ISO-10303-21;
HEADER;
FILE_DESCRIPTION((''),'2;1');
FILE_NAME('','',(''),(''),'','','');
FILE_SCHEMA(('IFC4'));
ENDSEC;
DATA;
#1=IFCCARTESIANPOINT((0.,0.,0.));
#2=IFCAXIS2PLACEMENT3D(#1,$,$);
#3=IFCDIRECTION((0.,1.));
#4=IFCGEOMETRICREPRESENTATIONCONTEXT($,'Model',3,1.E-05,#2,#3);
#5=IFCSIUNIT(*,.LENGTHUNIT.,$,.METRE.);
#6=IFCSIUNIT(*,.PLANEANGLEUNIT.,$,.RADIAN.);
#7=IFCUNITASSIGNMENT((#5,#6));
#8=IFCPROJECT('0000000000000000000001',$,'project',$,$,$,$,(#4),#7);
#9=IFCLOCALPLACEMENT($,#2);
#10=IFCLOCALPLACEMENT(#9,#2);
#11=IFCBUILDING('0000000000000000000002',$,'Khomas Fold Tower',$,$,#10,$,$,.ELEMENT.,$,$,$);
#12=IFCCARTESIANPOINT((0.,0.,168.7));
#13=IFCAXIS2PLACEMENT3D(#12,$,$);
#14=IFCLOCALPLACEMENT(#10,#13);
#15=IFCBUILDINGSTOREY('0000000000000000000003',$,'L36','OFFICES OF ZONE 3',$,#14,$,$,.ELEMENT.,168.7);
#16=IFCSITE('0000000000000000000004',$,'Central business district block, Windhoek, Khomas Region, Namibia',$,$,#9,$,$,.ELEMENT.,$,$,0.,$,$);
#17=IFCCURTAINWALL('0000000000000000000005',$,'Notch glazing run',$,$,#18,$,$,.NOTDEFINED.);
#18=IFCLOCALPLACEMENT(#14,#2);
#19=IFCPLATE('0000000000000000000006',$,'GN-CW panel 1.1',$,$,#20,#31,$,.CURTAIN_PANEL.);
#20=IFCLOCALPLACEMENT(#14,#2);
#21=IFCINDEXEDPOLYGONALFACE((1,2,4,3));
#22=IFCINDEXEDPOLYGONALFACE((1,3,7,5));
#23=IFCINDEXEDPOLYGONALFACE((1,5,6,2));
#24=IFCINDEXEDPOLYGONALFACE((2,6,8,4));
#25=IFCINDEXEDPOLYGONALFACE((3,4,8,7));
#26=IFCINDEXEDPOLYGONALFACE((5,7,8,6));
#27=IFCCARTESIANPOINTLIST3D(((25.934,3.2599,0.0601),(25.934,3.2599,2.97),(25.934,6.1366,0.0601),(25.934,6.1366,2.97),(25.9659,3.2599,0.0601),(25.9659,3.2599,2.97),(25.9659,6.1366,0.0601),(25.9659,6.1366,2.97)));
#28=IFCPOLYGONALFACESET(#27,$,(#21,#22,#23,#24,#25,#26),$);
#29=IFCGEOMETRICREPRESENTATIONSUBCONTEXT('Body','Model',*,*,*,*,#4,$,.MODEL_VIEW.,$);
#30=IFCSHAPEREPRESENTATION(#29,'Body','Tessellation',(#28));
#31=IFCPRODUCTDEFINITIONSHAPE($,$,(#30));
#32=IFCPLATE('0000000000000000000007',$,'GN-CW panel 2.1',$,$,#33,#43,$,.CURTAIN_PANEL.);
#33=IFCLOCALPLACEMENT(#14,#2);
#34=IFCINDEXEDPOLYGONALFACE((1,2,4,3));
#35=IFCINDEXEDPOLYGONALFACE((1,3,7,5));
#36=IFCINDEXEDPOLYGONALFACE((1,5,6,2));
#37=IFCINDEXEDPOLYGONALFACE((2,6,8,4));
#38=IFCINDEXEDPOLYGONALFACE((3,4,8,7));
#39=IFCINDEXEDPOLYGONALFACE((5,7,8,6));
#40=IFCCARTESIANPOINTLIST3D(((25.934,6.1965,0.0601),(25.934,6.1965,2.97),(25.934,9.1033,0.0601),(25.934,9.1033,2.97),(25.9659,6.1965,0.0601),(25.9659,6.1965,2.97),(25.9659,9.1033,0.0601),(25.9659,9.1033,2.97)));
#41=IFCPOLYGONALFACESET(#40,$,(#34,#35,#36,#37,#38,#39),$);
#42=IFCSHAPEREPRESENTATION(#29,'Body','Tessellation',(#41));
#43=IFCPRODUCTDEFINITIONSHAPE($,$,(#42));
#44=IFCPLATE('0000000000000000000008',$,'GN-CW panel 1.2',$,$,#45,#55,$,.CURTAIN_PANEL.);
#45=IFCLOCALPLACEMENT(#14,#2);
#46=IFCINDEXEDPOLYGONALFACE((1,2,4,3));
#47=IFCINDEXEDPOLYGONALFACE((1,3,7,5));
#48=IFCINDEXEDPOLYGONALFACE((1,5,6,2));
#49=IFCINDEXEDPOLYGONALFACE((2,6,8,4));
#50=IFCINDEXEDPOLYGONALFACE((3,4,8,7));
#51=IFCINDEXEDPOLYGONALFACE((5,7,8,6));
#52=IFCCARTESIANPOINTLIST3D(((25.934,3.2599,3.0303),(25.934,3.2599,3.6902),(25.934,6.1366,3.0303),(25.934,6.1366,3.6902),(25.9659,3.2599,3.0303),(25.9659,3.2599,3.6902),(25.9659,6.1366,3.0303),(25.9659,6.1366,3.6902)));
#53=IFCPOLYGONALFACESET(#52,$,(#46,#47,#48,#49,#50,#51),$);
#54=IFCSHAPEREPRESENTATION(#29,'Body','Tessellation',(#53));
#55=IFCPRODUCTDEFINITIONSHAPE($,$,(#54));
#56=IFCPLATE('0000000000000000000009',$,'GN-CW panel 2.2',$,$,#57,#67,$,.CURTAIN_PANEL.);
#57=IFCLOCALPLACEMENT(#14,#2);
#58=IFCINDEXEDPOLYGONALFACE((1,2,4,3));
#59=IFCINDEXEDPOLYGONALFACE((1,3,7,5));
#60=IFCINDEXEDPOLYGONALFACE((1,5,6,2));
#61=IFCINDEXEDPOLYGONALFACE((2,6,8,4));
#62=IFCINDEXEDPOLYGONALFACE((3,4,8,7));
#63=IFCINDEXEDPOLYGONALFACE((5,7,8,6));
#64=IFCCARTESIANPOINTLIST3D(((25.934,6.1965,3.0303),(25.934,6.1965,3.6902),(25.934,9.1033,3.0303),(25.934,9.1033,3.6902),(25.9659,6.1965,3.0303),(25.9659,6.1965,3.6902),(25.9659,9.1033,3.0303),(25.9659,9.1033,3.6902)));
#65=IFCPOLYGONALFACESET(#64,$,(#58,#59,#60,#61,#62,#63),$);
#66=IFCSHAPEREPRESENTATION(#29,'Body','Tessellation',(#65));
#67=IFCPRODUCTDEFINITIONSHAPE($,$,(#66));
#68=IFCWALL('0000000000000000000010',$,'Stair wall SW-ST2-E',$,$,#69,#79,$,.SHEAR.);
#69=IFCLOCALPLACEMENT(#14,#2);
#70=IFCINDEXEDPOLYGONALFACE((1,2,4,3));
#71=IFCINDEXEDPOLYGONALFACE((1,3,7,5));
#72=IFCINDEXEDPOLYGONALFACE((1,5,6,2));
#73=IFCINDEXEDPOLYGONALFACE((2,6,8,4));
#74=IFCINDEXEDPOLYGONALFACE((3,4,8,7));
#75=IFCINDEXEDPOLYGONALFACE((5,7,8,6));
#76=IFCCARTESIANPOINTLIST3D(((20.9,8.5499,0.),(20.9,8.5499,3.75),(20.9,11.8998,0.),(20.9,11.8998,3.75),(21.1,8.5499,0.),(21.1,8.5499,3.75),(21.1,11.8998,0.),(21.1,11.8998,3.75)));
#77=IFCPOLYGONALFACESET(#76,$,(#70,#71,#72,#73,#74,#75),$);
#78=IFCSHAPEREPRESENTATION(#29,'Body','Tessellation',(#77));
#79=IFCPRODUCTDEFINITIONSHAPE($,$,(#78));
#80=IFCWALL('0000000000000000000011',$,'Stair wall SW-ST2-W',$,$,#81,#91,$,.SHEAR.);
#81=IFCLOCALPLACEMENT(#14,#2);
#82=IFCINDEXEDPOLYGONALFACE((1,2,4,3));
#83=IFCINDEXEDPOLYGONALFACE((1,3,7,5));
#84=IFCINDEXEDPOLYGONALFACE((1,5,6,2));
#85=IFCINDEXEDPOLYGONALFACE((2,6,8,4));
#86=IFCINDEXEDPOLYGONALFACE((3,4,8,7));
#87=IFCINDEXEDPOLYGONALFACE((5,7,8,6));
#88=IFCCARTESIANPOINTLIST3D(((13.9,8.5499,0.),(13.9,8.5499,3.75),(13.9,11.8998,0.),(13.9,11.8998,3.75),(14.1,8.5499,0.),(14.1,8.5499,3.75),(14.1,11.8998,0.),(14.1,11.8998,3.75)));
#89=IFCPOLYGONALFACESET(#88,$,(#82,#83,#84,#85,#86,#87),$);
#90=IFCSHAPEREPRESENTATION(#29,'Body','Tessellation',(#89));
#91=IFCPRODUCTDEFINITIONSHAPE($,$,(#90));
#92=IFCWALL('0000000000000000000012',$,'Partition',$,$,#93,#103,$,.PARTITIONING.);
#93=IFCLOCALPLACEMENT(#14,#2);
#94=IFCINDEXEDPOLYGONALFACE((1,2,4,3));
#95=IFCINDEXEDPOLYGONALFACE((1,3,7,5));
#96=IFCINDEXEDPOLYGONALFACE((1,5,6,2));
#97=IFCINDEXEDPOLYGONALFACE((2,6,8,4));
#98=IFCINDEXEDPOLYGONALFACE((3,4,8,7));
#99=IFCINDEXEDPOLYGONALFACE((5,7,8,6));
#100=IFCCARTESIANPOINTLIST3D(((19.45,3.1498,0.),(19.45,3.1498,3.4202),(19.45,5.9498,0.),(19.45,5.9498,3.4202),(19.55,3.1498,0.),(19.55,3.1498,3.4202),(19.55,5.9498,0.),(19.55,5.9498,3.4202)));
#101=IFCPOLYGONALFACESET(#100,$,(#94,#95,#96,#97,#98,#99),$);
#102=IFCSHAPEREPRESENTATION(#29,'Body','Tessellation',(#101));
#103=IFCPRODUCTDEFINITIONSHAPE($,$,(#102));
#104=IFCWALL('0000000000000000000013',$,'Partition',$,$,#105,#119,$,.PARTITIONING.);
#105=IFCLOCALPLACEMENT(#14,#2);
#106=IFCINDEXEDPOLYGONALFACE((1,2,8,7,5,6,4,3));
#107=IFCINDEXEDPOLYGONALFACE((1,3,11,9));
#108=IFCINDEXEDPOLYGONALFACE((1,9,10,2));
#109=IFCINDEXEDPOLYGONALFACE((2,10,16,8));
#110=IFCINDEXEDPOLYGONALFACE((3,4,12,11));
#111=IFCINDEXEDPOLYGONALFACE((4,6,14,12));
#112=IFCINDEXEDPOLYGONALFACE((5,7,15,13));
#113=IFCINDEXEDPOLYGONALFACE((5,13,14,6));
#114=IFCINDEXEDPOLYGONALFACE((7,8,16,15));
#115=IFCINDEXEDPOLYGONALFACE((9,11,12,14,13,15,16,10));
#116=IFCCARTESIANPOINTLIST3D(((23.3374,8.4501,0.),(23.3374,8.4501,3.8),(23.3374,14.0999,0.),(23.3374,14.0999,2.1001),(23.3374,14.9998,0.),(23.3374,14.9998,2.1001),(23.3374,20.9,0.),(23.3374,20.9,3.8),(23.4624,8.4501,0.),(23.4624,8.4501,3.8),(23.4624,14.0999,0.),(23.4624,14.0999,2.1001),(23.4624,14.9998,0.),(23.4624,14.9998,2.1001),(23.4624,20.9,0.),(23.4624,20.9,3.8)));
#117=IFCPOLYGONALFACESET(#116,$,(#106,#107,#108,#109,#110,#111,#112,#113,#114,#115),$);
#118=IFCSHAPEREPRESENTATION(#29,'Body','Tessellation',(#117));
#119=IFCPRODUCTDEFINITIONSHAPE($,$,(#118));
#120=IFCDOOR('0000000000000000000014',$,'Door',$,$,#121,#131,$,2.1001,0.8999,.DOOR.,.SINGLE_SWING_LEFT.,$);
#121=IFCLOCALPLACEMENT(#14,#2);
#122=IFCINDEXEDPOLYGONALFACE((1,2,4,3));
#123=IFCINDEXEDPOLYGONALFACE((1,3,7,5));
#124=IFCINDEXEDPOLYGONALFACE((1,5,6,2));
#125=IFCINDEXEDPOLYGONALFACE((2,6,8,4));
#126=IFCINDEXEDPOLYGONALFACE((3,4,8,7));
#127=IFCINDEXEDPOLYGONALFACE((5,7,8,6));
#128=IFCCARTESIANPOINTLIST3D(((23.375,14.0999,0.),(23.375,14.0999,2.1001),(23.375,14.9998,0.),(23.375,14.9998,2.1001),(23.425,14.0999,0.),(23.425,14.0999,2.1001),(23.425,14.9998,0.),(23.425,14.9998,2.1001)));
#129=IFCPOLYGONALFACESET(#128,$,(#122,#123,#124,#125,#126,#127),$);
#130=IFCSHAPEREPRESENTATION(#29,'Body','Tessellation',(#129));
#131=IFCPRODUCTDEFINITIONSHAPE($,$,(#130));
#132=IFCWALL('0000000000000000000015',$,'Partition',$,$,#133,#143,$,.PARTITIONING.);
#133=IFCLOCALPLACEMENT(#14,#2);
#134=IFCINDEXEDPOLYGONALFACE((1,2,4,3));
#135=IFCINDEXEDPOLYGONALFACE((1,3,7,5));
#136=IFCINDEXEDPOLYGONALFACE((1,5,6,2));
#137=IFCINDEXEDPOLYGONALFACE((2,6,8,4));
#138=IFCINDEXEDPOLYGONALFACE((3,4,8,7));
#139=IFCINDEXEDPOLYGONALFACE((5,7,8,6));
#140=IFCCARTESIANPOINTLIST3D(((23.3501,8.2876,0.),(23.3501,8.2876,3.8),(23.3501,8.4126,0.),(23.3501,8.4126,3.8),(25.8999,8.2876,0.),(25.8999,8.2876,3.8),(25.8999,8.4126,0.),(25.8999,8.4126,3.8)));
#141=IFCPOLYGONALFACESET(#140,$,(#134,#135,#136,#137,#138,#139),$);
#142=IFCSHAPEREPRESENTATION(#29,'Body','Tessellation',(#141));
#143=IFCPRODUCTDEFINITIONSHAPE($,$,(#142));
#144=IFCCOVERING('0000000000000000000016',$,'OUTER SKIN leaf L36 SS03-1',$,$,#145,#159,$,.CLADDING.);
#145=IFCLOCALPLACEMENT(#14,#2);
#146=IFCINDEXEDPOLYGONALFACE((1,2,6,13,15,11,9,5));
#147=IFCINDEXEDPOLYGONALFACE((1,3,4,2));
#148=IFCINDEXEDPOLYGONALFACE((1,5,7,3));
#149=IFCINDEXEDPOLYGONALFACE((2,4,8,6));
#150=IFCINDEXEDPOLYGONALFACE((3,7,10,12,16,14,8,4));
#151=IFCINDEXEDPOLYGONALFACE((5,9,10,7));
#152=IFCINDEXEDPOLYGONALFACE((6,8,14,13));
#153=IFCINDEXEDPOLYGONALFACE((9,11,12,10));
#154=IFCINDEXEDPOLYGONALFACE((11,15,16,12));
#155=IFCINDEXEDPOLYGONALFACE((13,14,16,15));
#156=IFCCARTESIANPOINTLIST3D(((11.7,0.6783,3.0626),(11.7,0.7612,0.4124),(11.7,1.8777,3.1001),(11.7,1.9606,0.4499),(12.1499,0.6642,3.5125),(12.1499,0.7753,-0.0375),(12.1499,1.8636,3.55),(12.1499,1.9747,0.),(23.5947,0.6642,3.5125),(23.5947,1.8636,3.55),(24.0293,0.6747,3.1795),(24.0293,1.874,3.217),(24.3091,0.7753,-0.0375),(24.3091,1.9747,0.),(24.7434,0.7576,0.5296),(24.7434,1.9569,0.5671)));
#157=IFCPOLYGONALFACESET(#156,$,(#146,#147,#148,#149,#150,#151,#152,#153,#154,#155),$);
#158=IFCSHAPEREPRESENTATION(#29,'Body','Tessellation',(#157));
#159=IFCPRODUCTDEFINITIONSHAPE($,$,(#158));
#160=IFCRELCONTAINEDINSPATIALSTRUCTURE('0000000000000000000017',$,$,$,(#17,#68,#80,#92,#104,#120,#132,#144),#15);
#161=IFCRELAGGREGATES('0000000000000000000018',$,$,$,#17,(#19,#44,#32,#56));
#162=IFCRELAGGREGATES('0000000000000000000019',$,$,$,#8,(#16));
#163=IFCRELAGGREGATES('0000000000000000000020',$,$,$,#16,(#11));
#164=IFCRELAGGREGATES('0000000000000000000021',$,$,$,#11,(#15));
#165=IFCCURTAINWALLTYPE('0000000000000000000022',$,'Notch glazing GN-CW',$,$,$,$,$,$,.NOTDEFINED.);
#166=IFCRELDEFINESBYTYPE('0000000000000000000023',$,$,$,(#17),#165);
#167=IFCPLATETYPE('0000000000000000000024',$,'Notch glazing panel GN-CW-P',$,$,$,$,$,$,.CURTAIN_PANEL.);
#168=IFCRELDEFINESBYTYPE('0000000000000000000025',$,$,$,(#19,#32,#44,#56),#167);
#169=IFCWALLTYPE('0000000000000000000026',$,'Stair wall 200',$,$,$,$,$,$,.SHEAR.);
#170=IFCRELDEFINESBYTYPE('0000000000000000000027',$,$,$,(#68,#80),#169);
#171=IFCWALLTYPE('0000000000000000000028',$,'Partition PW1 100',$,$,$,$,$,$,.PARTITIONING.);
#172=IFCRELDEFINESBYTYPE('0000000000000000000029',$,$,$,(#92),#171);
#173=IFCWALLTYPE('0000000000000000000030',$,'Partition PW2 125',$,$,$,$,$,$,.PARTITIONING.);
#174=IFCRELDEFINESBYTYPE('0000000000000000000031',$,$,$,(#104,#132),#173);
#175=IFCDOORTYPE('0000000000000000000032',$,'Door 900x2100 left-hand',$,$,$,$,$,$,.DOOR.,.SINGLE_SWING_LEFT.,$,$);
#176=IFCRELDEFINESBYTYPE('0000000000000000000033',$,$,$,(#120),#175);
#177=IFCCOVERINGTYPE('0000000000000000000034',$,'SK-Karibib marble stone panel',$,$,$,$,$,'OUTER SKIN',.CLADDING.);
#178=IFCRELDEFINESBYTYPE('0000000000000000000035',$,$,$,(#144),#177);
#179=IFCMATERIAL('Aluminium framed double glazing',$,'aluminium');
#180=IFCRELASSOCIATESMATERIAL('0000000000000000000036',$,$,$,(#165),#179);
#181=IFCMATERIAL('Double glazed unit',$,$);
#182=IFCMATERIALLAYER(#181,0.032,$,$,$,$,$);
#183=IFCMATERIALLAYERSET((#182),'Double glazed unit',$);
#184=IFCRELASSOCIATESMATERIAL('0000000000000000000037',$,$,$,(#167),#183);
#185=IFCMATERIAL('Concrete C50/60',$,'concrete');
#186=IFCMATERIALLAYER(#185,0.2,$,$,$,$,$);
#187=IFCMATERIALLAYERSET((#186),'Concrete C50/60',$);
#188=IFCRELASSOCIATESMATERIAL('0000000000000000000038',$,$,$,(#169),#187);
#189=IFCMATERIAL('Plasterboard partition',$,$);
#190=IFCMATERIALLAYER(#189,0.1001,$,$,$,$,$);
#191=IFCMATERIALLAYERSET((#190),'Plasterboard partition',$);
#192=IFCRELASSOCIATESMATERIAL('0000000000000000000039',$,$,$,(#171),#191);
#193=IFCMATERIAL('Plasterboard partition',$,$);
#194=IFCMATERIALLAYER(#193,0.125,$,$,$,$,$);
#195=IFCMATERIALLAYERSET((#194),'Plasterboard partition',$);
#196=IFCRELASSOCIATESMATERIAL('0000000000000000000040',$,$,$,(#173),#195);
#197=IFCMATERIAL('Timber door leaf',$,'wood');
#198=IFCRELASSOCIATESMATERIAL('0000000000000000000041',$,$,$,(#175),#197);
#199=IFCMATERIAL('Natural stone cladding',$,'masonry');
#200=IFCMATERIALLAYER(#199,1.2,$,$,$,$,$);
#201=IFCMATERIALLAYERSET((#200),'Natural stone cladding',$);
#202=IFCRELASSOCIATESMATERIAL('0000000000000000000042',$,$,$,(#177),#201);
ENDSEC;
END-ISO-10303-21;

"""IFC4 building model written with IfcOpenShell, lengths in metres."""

from ifc_helpers import new_model, si_unit, direction, frame, frame_2d, origin, origin_2d, place, context, subcontext, project, spatial, polyline, rectangle, outline, extrude, source, transform, mapped, material, layer, layer_set, type_object, element, fill, aggregate, save


model = new_model("IFC4")

# Units and contexts
model_context = context("Model", 3, precision=1e-05, world=origin(), true_north=direction((0.0, 1.0)))
body_context = subcontext(model_context, "Body", "Model", "MODEL_VIEW")
ifc_project = project(units=[si_unit("LENGTHUNIT", "METRE"), si_unit("PLANEANGLEUNIT", "RADIAN")], contexts=[model_context])

# Site, building, storey
site_placement = place(None, origin())
site = spatial("IfcSite", under=ifc_project, at=site_placement, Name="Central business district block, Windhoek, Khomas Region, Namibia", CompositionType="ELEMENT", RefElevation=0.0)
building_placement = place(site_placement, origin())
building = spatial("IfcBuilding", under=site, at=building_placement, Name="Khomas Fold Tower", CompositionType="ELEMENT")
storey_placement = place(building_placement, frame((0.0, 0.0, 168.7)))
storey = spatial("IfcBuildingStorey", under=building, at=storey_placement, Name="L36", Description="OFFICES OF ZONE 3", CompositionType="ELEMENT", Elevation=168.7)

# Curtain wall
ifc_material_1 = material(Name="Aluminium framed double glazing", Category="aluminium")
curtain_wall_type_1 = type_object("IfcCurtainWallType", Name="Notch glazing GN-CW", PredefinedType="NOTDEFINED", material=ifc_material_1)
curtain_wall_1_placement = place(storey_placement, origin())
curtain_wall_1 = element("IfcCurtainWall", 1, at=curtain_wall_1_placement, inside=storey, type_object=curtain_wall_type_1, Name="Notch glazing run", PredefinedType="NOTDEFINED")

# Plates
ifc_material_2 = material(Name="Double glazed unit")
ifc_layer_1 = layer(ifc_material_2, 0.032)
ifc_layer_set_1 = layer_set([ifc_layer_1], Name="Double glazed unit")
plate_type_1 = type_object("IfcPlateType", Name="Notch glazing panel GN-CW-P", PredefinedType="CURTAIN_PANEL", material=ifc_layer_set_1)
shared_shape_1 = source(origin(), body_context, "Body", "SweptSolid", [
    extrude(rectangle(XDim=2.8767, YDim=0.032, at=origin_2d()), origin(), (0.0, 0.0, 1.0), 2.9099),
])
plate_1_placement = place(storey_placement, frame((25.95, 4.6982, 0.0601), z_axis=(0.0, 0.0, 1.0), x_axis=(0.0, 1.0, 0.0)))
plate_1 = element("IfcPlate", 2, at=plate_1_placement, type_object=plate_type_1, Name="GN-CW panel 1.1", PredefinedType="CURTAIN_PANEL", context=body_context, shape_type="MappedRepresentation", body=[
    mapped(shared_shape_1, transform((0.0, 0.0, 0.0))),
])
shared_shape_2 = source(origin(), body_context, "Body", "SweptSolid", [
    extrude(rectangle(XDim=2.9067, YDim=0.032, at=origin_2d()), origin(), (0.0, 0.0, 1.0), 2.9099),
])
plate_2_placement = place(storey_placement, frame((25.95, 7.6499, 0.0601), z_axis=(0.0, 0.0, 1.0), x_axis=(0.0, 1.0, 0.0)))
plate_2 = element("IfcPlate", 3, at=plate_2_placement, type_object=plate_type_1, Name="GN-CW panel 2.1", PredefinedType="CURTAIN_PANEL", context=body_context, shape_type="MappedRepresentation", body=[
    mapped(shared_shape_2, transform((0.0, 0.0, 0.0))),
])
shared_shape_3 = source(origin(), body_context, "Body", "SweptSolid", [
    extrude(rectangle(XDim=2.8767, YDim=0.032, at=origin_2d()), origin(), (0.0, 0.0, 1.0), 0.6599),
])
plate_3_placement = place(storey_placement, frame((25.95, 4.6982, 3.0303), z_axis=(0.0, 0.0, 1.0), x_axis=(0.0, 1.0, 0.0)))
plate_3 = element("IfcPlate", 4, at=plate_3_placement, type_object=plate_type_1, Name="GN-CW panel 1.2", PredefinedType="CURTAIN_PANEL", context=body_context, shape_type="MappedRepresentation", body=[
    mapped(shared_shape_3, transform((0.0, 0.0, 0.0))),
])
shared_shape_4 = source(origin(), body_context, "Body", "SweptSolid", [
    extrude(rectangle(XDim=2.9067, YDim=0.032, at=origin_2d()), origin(), (0.0, 0.0, 1.0), 0.6599),
])
plate_4_placement = place(storey_placement, frame((25.95, 7.6499, 3.0303), z_axis=(0.0, 0.0, 1.0), x_axis=(0.0, 1.0, 0.0)))
plate_4 = element("IfcPlate", 5, at=plate_4_placement, type_object=plate_type_1, Name="GN-CW panel 2.2", PredefinedType="CURTAIN_PANEL", context=body_context, shape_type="MappedRepresentation", body=[
    mapped(shared_shape_4, transform((0.0, 0.0, 0.0))),
])
aggregate(curtain_wall_1, [plate_1, plate_3, plate_2, plate_4])

# Walls
ifc_material_3 = material(Name="Concrete C50/60", Category="concrete")
ifc_layer_2 = layer(ifc_material_3, 0.2)
ifc_layer_set_2 = layer_set([ifc_layer_2], Name="Concrete C50/60")
wall_type_1 = type_object("IfcWallType", Name="Stair wall 200", PredefinedType="SHEAR", material=ifc_layer_set_2)
shared_shape_5 = source(origin(), body_context, "Body", "SweptSolid", [
    extrude(rectangle(XDim=3.3499, YDim=0.2, at=frame_2d((1.6748, 0.0))), origin(), (0.0, 0.0, 1.0), 3.75),
])
for number, where, z_axis, x_axis, name in (
    (6, (21.0, 8.55, 0.0), (0.0, 0.0, 1.0), (0.0, 1.0, 0.0), "Stair wall SW-ST2-E"),
    (7, (14.0, 8.55, 0.0), (0.0, 0.0, 1.0), (0.0, 1.0, 0.0), "Stair wall SW-ST2-W"),
):
    element("IfcWall", number, at=place(storey_placement, frame(where, z_axis=z_axis, x_axis=x_axis)), inside=storey, type_object=wall_type_1, Name=name, PredefinedType="SHEAR", context=body_context, shape_type="MappedRepresentation", body=[
        mapped(shared_shape_5, transform((0.0, 0.0, 0.0))),
    ])
ifc_material_4 = material(Name="Plasterboard partition")
ifc_layer_3 = layer(ifc_material_4, 0.1001)
ifc_layer_set_3 = layer_set([ifc_layer_3], Name="Plasterboard partition")
wall_type_2 = type_object("IfcWallType", Name="Partition PW1 100", PredefinedType="PARTITIONING", material=ifc_layer_set_3)
shared_shape_6 = source(origin(), body_context, "Body", "SweptSolid", [
    extrude(rectangle(XDim=2.8, YDim=0.1001, at=frame_2d((1.3999, 0.0))), origin(), (0.0, 0.0, 1.0), 3.4202),
])
wall_1_placement = place(storey_placement, frame((19.5, 3.1499, 0.0), z_axis=(0.0, 0.0, 1.0), x_axis=(0.0, 1.0, 0.0)))
element("IfcWall", 8, at=wall_1_placement, inside=storey, type_object=wall_type_2, Name="Partition", PredefinedType="PARTITIONING", context=body_context, shape_type="MappedRepresentation", body=[
    mapped(shared_shape_6, transform((0.0, 0.0, 0.0))),
])

# Wall, opening, door
ifc_material_5 = material(Name="Plasterboard partition")
ifc_layer_4 = layer(ifc_material_5, 0.125)
ifc_layer_set_4 = layer_set([ifc_layer_4], Name="Plasterboard partition")
wall_type_3 = type_object("IfcWallType", Name="Partition PW2 125", PredefinedType="PARTITIONING", material=ifc_layer_set_4)
shared_shape_7 = source(origin(), body_context, "Body", "SweptSolid", [
    extrude(rectangle(XDim=12.45, YDim=0.125, at=frame_2d((6.2251, 0.0))), origin(), (0.0, 0.0, 1.0), 3.8),
])
wall_2_placement = place(storey_placement, frame((23.3999, 8.45, 0.0), z_axis=(0.0, 0.0, 1.0), x_axis=(0.0, 1.0, 0.0)))
wall_2 = element("IfcWall", 9, at=wall_2_placement, inside=storey, type_object=wall_type_3, Name="Partition", PredefinedType="PARTITIONING", context=body_context, shape_type="MappedRepresentation", body=[
    mapped(shared_shape_7, transform((0.0, 0.0, 0.0))),
])
shared_shape_8 = source(origin(), body_context, "Body", "SweptSolid", [
    extrude(rectangle(XDim=0.8999, YDim=2.1001, at=frame_2d((0.45, 1.05))), frame((0.0, 0.0725, 0.0), z_axis=(0.0, -1.0, 0.0), x_axis=(1.0, 0.0, 0.0)), (0.0, 0.0, 1.0), 0.145),
])
opening_placement = place(wall_2_placement, frame((5.6499, 0.0, 0.0)))
opening = element("IfcOpeningElement", 10, at=opening_placement, cuts=wall_2, PredefinedType="OPENING", context=body_context, shape_type="MappedRepresentation", body=[
    mapped(shared_shape_8, transform((0.0, 0.0, 0.0))),
])
ifc_material_6 = material(Name="Timber door leaf", Category="wood")
door_type = type_object("IfcDoorType", Name="Door 900x2100 left-hand", OperationType="SINGLE_SWING_LEFT", PredefinedType="DOOR", material=ifc_material_6)
shared_shape_9 = source(origin(), body_context, "Body", "SweptSolid", [
    extrude(rectangle(XDim=0.8999, YDim=2.1001, at=frame_2d((0.45, 1.05))), frame((0.0, 0.0249, 0.0), z_axis=(0.0, -1.0, 0.0), x_axis=(1.0, 0.0, 0.0)), (0.0, 0.0, 1.0), 0.05),
])
door_placement = place(opening_placement, origin())
door = element("IfcDoor", 11, at=door_placement, inside=storey, type_object=door_type, Name="Door", OperationType="SINGLE_SWING_LEFT", OverallHeight=2.1001, OverallWidth=0.8999, PredefinedType="DOOR", context=body_context, shape_type="MappedRepresentation", body=[
    mapped(shared_shape_9, transform((0.0, 0.0, 0.0))),
])
fill(opening, door)

# Wall
shared_shape_10 = source(origin(), body_context, "Body", "SweptSolid", [
    extrude(rectangle(XDim=2.5498, YDim=0.125, at=frame_2d((1.2749, 0.0))), origin(), (0.0, 0.0, 1.0), 3.8),
])
wall_3_placement = place(storey_placement, frame((23.3501, 8.3501, 0.0), z_axis=(0.0, 0.0, 1.0), x_axis=(1.0, 0.0, 0.0)))
element("IfcWall", 12, at=wall_3_placement, inside=storey, type_object=wall_type_3, Name="Partition", PredefinedType="PARTITIONING", context=body_context, shape_type="MappedRepresentation", body=[
    mapped(shared_shape_10, transform((0.0, 0.0, 0.0))),
])

# Covering
ifc_material_7 = material(Name="Natural stone cladding", Category="masonry")
ifc_layer_5 = layer(ifc_material_7, 1.2)
ifc_layer_set_5 = layer_set([ifc_layer_5], Name="Natural stone cladding")
covering_type = type_object("IfcCoveringType", Name="SK-Karibib marble stone panel", ElementType="OUTER SKIN", PredefinedType="CLADDING", material=ifc_layer_set_5)
covering_placement = place(storey_placement, frame((24.0293, 1.874, 3.217), z_axis=(0.0, 0.999511, 0.031278), x_axis=(0.260084, 0.030202, -0.965113)))
element("IfcCovering", 13, at=covering_placement, inside=storey, type_object=covering_type, Name="OUTER SKIN leaf L36 SS03-1", PredefinedType="CLADDING", context=body_context, shape_type="SweptSolid", body=[
    extrude(outline(polyline([(0.0, 0.0), (2.7457, 0.0), (3.1806, 0.567), (0.0182, 12.3077), (-0.5335, 12.6251), (-3.0937, 11.9355), (-3.4113, 11.3839), (-0.4347, 0.333), (0.0, 0.0)])), origin(), (0.0, 0.0, -1.0), 1.2),
])

save(model, "model.ifc")
